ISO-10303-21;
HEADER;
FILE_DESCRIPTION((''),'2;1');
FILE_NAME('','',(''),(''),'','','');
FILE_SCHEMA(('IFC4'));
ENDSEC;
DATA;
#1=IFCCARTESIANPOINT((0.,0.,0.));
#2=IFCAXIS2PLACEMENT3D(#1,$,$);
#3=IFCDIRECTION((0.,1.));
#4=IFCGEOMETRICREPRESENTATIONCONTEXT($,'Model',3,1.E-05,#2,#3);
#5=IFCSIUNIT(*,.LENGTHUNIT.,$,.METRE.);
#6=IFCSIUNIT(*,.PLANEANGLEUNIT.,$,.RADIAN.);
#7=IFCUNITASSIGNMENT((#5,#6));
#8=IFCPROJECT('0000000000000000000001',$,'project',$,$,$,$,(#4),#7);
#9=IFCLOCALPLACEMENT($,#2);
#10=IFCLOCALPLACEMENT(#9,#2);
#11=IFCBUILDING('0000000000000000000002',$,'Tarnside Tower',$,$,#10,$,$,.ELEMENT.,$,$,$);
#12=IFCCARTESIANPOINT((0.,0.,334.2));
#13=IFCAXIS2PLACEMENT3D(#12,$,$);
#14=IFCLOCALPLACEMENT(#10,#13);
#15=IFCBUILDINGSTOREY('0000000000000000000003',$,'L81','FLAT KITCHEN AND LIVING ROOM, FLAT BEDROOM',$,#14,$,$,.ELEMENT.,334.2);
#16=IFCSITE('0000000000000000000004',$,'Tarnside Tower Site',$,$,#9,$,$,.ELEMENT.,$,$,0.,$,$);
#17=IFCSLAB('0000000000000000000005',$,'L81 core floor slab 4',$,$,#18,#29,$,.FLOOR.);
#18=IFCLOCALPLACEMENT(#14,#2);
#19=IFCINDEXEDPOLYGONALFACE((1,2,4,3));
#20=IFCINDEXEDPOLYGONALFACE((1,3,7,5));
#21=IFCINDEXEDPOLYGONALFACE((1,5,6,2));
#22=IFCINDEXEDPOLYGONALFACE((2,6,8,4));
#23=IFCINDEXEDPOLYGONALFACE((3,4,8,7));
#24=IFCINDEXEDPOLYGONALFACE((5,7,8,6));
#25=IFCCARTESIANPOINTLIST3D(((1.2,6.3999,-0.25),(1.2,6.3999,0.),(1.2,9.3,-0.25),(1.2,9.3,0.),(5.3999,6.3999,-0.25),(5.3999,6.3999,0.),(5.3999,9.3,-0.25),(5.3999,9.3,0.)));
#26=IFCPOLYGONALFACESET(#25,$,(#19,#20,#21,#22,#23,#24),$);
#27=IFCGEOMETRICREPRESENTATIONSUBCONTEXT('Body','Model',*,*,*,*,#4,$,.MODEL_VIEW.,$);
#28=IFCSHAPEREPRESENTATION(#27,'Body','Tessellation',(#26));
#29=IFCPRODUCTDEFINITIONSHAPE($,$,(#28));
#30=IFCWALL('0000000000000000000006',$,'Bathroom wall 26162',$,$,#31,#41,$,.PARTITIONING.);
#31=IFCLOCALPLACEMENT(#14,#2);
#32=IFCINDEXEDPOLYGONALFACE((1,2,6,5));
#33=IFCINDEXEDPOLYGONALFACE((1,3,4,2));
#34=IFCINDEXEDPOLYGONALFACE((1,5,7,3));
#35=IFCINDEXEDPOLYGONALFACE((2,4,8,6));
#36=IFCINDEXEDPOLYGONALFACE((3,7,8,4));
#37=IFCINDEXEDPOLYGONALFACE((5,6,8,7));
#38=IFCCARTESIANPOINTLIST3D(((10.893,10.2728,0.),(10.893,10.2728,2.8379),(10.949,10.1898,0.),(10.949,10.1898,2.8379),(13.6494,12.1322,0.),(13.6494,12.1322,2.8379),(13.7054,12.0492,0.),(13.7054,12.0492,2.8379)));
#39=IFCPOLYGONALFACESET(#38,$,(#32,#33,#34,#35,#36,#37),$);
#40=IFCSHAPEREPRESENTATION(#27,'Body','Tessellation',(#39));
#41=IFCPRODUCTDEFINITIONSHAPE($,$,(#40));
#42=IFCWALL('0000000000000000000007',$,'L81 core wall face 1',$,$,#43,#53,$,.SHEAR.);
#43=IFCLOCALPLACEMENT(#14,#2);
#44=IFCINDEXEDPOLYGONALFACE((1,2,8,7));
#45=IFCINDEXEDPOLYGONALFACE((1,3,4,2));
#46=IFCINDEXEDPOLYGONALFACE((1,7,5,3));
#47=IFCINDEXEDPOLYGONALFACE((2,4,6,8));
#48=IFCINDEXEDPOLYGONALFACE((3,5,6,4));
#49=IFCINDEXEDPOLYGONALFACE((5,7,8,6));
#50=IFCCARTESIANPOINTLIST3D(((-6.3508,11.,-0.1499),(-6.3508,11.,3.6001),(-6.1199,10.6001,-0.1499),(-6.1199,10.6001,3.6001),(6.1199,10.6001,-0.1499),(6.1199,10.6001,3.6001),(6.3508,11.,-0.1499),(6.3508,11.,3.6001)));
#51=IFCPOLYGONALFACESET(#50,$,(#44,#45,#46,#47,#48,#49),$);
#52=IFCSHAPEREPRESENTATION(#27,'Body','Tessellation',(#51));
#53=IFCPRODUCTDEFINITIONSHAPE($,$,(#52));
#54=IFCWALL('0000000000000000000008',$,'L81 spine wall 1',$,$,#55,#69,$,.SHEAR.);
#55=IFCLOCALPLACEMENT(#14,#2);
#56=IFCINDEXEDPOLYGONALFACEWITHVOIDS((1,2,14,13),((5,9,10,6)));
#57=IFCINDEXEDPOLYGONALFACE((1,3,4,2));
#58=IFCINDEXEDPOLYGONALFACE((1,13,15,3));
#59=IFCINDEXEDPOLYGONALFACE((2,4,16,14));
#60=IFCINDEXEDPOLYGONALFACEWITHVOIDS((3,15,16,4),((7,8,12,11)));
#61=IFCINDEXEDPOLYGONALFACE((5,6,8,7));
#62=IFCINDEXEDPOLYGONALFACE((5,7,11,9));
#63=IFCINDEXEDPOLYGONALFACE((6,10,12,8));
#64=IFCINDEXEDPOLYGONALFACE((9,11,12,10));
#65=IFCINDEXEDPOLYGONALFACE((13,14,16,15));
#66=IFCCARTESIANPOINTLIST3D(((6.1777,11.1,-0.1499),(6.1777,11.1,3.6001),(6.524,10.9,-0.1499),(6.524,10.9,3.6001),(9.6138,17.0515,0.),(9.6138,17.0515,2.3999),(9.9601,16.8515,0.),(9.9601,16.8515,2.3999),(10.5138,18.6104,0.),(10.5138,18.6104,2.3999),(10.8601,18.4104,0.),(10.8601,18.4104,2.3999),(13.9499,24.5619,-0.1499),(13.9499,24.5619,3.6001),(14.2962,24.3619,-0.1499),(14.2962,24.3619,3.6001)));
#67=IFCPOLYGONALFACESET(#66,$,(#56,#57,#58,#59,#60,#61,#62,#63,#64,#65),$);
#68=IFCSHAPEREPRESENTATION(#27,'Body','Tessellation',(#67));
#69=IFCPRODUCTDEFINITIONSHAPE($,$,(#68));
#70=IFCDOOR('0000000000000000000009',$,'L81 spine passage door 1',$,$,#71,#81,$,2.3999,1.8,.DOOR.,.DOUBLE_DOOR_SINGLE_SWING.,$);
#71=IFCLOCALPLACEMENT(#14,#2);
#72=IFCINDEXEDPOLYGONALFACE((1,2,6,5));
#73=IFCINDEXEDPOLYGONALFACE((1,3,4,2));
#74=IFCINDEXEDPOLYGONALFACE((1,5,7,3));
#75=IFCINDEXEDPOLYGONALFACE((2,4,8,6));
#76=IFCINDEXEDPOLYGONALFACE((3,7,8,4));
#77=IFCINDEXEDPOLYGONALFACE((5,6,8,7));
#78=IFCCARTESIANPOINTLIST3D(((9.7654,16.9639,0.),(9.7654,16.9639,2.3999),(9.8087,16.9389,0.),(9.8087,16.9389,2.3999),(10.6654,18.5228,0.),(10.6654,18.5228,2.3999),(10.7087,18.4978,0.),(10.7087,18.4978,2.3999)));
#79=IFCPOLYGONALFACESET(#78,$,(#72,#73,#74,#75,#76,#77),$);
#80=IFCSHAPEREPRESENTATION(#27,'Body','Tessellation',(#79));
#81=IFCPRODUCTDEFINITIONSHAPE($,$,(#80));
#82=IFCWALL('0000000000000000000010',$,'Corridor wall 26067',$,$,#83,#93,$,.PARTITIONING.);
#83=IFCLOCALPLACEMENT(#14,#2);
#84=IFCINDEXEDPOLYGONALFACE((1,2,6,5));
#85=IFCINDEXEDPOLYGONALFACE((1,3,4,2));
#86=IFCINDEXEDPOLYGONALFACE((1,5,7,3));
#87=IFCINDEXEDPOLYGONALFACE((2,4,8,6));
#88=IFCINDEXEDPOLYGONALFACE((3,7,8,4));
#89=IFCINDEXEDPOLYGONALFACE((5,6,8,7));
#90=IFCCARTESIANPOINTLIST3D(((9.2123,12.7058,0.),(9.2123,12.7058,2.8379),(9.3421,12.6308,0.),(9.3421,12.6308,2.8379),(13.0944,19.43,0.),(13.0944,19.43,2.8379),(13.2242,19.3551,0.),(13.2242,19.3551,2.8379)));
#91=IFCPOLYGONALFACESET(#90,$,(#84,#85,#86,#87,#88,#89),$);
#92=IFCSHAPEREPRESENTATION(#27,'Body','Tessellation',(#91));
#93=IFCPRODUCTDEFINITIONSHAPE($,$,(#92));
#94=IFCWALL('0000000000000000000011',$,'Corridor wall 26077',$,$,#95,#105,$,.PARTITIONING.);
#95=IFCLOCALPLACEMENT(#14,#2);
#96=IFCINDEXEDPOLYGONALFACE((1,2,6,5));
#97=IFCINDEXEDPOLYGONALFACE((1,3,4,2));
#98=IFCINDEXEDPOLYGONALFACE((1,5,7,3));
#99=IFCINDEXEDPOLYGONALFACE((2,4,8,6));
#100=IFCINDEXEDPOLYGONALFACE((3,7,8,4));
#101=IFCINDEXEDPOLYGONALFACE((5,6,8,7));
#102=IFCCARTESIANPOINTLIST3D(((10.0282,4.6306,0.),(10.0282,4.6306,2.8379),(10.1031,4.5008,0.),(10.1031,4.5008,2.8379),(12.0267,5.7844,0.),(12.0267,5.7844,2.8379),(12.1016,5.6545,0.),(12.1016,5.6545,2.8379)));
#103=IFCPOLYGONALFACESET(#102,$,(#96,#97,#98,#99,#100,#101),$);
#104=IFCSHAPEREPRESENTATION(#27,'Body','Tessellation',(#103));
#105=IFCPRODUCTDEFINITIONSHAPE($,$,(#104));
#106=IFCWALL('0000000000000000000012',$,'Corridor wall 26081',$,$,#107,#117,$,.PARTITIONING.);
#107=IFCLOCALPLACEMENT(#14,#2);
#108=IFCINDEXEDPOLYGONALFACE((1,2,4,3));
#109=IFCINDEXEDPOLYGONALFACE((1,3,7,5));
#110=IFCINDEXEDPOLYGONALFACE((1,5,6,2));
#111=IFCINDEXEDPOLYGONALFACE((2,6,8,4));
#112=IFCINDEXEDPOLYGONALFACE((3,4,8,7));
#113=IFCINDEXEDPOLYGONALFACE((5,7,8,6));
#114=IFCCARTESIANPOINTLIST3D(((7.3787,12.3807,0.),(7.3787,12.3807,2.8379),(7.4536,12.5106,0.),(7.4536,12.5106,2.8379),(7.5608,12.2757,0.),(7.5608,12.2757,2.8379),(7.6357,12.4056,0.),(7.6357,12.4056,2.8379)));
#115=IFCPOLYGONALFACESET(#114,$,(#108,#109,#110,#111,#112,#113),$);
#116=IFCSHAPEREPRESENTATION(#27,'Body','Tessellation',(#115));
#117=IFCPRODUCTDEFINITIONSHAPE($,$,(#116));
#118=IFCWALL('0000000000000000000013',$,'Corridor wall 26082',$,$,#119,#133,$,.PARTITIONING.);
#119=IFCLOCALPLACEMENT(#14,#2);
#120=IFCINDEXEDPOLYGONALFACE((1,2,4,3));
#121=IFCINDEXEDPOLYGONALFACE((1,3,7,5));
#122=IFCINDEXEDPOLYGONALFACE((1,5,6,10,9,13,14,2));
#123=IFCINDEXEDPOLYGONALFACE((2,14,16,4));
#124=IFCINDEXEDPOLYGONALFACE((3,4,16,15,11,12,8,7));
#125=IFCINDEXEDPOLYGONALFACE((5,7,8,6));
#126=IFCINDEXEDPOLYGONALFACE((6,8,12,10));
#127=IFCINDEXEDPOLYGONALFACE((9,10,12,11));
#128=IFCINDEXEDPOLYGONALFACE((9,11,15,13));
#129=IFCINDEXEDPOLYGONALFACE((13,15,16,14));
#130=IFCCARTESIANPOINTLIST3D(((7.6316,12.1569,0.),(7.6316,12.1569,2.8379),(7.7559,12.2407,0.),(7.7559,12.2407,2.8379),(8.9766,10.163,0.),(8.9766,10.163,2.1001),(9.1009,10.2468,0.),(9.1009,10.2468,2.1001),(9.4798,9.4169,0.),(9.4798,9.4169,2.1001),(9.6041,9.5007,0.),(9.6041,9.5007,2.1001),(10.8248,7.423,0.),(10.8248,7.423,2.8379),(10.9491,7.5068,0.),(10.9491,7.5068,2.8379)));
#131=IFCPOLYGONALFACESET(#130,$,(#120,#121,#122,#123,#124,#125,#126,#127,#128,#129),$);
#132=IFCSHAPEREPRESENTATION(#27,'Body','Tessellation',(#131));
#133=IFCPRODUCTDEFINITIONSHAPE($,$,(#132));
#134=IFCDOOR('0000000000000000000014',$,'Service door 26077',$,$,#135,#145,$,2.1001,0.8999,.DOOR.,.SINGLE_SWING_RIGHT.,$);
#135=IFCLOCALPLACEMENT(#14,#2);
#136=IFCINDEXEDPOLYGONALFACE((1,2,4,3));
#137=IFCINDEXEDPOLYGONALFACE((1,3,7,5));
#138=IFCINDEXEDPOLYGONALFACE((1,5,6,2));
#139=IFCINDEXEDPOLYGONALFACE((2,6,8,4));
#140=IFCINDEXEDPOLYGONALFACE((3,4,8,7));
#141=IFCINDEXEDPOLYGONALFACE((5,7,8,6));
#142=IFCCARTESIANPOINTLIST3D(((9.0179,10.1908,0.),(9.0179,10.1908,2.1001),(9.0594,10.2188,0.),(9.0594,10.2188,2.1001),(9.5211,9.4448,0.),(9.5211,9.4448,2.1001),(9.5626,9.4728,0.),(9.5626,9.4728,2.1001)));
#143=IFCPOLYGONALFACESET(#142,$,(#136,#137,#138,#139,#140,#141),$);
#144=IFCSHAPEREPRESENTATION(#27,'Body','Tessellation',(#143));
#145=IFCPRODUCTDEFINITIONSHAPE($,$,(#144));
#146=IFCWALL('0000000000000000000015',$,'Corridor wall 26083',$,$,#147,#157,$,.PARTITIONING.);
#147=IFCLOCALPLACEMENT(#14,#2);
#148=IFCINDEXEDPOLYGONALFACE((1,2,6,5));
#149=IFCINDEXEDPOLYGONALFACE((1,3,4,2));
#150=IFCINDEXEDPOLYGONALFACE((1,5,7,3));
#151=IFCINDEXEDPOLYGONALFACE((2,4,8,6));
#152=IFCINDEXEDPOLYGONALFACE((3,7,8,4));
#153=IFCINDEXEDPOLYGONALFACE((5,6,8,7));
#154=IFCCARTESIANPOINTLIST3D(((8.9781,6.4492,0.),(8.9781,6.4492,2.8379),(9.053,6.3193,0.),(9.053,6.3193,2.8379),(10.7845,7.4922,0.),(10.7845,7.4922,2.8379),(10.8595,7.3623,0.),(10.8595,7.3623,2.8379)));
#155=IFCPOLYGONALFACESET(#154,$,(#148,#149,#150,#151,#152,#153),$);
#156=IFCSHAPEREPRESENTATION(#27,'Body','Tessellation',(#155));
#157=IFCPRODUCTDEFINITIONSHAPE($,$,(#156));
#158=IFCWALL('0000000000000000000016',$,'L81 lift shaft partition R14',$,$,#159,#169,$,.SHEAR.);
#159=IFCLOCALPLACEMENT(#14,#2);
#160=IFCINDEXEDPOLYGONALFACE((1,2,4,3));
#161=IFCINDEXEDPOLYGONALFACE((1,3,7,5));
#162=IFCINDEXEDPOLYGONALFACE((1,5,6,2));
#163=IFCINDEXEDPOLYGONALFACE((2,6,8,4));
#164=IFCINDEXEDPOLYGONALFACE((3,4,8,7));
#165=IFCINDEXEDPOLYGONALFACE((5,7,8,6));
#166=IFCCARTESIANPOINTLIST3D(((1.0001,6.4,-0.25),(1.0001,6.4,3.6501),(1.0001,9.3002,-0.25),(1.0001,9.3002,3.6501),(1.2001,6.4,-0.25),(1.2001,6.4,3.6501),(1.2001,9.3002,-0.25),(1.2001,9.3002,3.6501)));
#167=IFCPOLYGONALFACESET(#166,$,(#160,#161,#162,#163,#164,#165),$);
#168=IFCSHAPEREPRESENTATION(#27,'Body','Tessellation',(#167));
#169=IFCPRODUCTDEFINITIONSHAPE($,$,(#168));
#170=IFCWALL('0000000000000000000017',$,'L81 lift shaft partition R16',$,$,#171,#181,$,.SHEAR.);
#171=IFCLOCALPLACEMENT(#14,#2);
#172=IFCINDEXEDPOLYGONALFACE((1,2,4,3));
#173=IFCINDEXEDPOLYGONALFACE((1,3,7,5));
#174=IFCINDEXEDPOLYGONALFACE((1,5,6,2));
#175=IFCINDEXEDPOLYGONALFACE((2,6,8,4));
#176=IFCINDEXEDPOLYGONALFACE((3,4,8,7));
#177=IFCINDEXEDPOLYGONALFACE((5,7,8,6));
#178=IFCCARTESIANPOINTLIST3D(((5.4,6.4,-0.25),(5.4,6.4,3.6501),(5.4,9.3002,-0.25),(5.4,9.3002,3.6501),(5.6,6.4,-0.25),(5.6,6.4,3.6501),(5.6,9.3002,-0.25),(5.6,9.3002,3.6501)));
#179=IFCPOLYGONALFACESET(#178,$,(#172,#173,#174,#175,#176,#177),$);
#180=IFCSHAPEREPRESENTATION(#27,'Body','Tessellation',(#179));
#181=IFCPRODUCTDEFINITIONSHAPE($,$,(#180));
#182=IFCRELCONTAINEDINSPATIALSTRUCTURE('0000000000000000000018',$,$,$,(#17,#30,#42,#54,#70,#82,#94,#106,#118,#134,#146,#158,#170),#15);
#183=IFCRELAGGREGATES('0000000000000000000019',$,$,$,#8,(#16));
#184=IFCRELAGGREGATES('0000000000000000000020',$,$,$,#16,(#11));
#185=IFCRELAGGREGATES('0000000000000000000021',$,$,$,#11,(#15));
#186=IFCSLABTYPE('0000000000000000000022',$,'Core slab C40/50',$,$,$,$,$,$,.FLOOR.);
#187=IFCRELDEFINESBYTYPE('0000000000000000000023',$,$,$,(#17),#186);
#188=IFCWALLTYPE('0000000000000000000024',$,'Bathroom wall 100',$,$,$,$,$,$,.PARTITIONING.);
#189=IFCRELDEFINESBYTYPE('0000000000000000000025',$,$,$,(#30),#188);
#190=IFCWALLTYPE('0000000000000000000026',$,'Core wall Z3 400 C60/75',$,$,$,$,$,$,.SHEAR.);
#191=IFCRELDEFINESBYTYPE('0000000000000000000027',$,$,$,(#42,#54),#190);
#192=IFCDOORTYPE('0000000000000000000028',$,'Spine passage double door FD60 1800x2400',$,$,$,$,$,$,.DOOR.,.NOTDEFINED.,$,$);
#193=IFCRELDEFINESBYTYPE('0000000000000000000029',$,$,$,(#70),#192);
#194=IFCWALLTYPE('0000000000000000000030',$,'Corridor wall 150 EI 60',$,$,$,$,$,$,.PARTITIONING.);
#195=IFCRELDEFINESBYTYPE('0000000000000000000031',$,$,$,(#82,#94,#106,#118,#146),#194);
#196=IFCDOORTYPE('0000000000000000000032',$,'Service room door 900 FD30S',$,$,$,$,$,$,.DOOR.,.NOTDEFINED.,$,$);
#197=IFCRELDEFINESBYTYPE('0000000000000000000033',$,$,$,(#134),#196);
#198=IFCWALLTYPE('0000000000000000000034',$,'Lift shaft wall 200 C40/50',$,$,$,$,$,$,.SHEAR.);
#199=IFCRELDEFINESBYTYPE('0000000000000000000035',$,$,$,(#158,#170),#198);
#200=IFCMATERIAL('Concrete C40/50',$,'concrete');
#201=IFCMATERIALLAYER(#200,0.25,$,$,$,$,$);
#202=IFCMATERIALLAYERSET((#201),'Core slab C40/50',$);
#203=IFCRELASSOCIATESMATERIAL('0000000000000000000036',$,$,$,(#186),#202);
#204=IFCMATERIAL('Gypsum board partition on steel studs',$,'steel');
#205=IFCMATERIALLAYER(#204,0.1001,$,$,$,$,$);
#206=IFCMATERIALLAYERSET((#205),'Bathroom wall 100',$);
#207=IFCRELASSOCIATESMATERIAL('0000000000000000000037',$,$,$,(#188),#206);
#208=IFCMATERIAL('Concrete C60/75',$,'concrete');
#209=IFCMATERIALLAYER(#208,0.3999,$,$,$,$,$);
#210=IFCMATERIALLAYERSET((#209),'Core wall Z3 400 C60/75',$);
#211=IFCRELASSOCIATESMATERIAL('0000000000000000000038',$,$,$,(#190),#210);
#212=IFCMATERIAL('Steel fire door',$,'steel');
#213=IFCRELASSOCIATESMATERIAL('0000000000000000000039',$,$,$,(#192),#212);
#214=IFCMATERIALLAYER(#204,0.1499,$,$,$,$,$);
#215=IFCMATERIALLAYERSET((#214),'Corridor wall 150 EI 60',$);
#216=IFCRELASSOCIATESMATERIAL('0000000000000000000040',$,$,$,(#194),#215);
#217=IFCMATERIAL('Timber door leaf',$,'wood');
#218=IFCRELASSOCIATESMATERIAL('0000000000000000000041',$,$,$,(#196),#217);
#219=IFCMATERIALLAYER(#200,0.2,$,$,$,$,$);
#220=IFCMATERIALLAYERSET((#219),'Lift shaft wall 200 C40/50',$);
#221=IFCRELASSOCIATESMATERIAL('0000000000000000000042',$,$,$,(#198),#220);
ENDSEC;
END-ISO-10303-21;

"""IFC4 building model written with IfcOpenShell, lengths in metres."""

from ifc_helpers import new_model, si_unit, direction, frame, frame_2d, origin, place, context, subcontext, project, spatial, polyline, rectangle, outline, extrude, material, layer, layer_set, type_object, element, fill, save


model = new_model("IFC4")

# Units and contexts
model_context = context("Model", 3, precision=1e-05, world=origin(), true_north=direction((0.0, 1.0)))
body_context = subcontext(model_context, "Body", "Model", "MODEL_VIEW")
ifc_project = project(units=[si_unit("LENGTHUNIT", "METRE"), si_unit("PLANEANGLEUNIT", "RADIAN")], contexts=[model_context])

# Site, building, storey
site_placement = place(None, origin())
site = spatial("IfcSite", under=ifc_project, at=site_placement, Name="Tarnside Tower Site", CompositionType="ELEMENT", RefElevation=0.0)
building_placement = place(site_placement, origin())
building = spatial("IfcBuilding", under=site, at=building_placement, Name="Tarnside Tower", CompositionType="ELEMENT")
storey_placement = place(building_placement, frame((0.0, 0.0, 334.2)))
storey = spatial("IfcBuildingStorey", under=building, at=storey_placement, Name="L81", Description="FLAT KITCHEN AND LIVING ROOM, FLAT BEDROOM", CompositionType="ELEMENT", Elevation=334.2)

# Slab
ifc_material_1 = material(Name="Concrete C40/50", Category="concrete")
ifc_layer_1 = layer(ifc_material_1, 0.25)
ifc_layer_set_1 = layer_set([ifc_layer_1], Name="Core slab C40/50")
slab_type = type_object("IfcSlabType", Name="Core slab C40/50", PredefinedType="FLOOR", material=ifc_layer_set_1)
slab_placement = place(storey_placement, frame((0.0, 0.0, -0.25)))
element("IfcSlab", 1, at=slab_placement, inside=storey, type_object=slab_type, Name="L81 core floor slab 4", PredefinedType="FLOOR", context=body_context, shape_type="SweptSolid", body=[
    extrude(outline(polyline([(5.3999, 6.3999), (1.2, 6.3999), (1.2, 9.3), (5.3999, 9.3), (5.3999, 6.3999)])), origin(), (0.0, 0.0, 1.0), 0.25),
])

# Walls
ifc_material_2 = material(Name="Gypsum board partition on steel studs", Category="steel")
ifc_layer_2 = layer(ifc_material_2, 0.1001)
ifc_layer_set_2 = layer_set([ifc_layer_2], Name="Bathroom wall 100")
wall_type_1 = type_object("IfcWallType", Name="Bathroom wall 100", PredefinedType="PARTITIONING", material=ifc_layer_set_2)
wall_1_placement = place(storey_placement, frame((10.9209, 10.2312, 0.0), z_axis=(0.0, 0.0, 1.0), x_axis=(0.82901, 0.559233, 0.0)))
element("IfcWall", 2, at=wall_1_placement, inside=storey, type_object=wall_type_1, Name="Bathroom wall 26162", PredefinedType="PARTITIONING", context=body_context, shape_type="SweptSolid", body=[
    extrude(rectangle(XDim=3.325, YDim=0.1001, at=frame_2d((1.6626, 0.0))), origin(), (0.0, 0.0, 1.0), 2.8379),
])
ifc_material_3 = material(Name="Concrete C60/75", Category="concrete")
ifc_layer_3 = layer(ifc_material_3, 0.3999)
ifc_layer_set_3 = layer_set([ifc_layer_3], Name="Core wall Z3 400 C60/75")
wall_type_2 = type_object("IfcWallType", Name="Core wall Z3 400 C60/75", PredefinedType="SHEAR", material=ifc_layer_set_3)
wall_2_placement = place(storey_placement, frame((6.2354, 10.8, -0.1499), z_axis=(0.0, 0.0, 1.0), x_axis=(-1.0, 0.0, 0.0)))
element("IfcWall", 3, at=wall_2_placement, inside=storey, type_object=wall_type_2, Name="L81 core wall face 1", PredefinedType="SHEAR", context=body_context, shape_type="SweptSolid", body=[
    extrude(outline(polyline([(-0.1155, -0.2), (12.5862, -0.2), (12.3552, 0.2), (0.1155, 0.2), (-0.1155, -0.2)])), origin(), (0.0, 0.0, 1.0), 3.75),
])

# Wall, opening, door
wall_3_placement = place(storey_placement, frame((6.3508, 11.0, -0.1499), z_axis=(0.0, 0.0, 1.0), x_axis=(0.499999, 0.866026, 0.0)))
wall_3 = element("IfcWall", 4, at=wall_3_placement, inside=storey, type_object=wall_type_2, Name="L81 spine wall 1", PredefinedType="SHEAR", context=body_context, shape_type="SweptSolid", body=[
    extrude(rectangle(XDim=15.5444, YDim=0.3999, at=frame_2d((7.7722, 0.0))), origin(), (0.0, 0.0, 1.0), 3.75),
])
opening_1_placement = place(wall_3_placement, frame((6.8723, 0.0, 0.1499)))
opening_1 = element("IfcOpeningElement", 5, at=opening_1_placement, cuts=wall_3, PredefinedType="OPENING", context=body_context, shape_type="SweptSolid", body=[
    extrude(rectangle(XDim=1.8, YDim=2.3999, at=frame_2d((0.8999, 1.2))), frame((0.0, 0.21, 0.0), z_axis=(0.0, -1.0, 0.0), x_axis=(1.0, 0.0, 0.0)), (0.0, 0.0, 1.0), 0.4199),
])
ifc_material_4 = material(Name="Steel fire door", Category="steel")
door_type_1 = type_object("IfcDoorType", Name="Spine passage double door FD60 1800x2400", OperationType="NOTDEFINED", PredefinedType="DOOR", material=ifc_material_4)
door_1_placement = place(opening_1_placement, origin())
door_1 = element("IfcDoor", 6, at=door_1_placement, inside=storey, type_object=door_type_1, Name="L81 spine passage door 1", OperationType="DOUBLE_DOOR_SINGLE_SWING", OverallHeight=2.3999, OverallWidth=1.8, PredefinedType="DOOR", context=body_context, shape_type="SweptSolid", body=[
    extrude(rectangle(XDim=1.8, YDim=2.3999, at=frame_2d((0.8999, 1.2))), frame((0.0, 0.0249, 0.0), z_axis=(0.0, -1.0, 0.0), x_axis=(1.0, 0.0, 0.0)), (0.0, 0.0, 1.0), 0.05),
])
fill(opening_1, door_1)

# Walls
ifc_layer_4 = layer(ifc_material_2, 0.1499)
ifc_layer_set_4 = layer_set([ifc_layer_4], Name="Corridor wall 150 EI 60")
wall_type_3 = type_object("IfcWallType", Name="Corridor wall 150 EI 60", PredefinedType="PARTITIONING", material=ifc_layer_set_4)
wall_4_placement = place(storey_placement, frame((9.2771, 12.6682, 0.0), z_axis=(0.0, 0.0, 1.0), x_axis=(0.499991, 0.866031, 0.0)))
element("IfcWall", 7, at=wall_4_placement, inside=storey, type_object=wall_type_3, Name="Corridor wall 26067", PredefinedType="PARTITIONING", context=body_context, shape_type="SweptSolid", body=[
    extrude(rectangle(XDim=7.7644, YDim=0.1499, at=frame_2d((3.8823, 0.0))), origin(), (0.0, 0.0, 1.0), 2.8379),
])
wall_5_placement = place(storey_placement, frame((10.0657, 4.5657, 0.0), z_axis=(0.0, 0.0, 1.0), x_axis=(0.866034, 0.499985, 0.0)))
element("IfcWall", 8, at=wall_5_placement, inside=storey, type_object=wall_type_3, Name="Corridor wall 26077", PredefinedType="PARTITIONING", context=body_context, shape_type="SweptSolid", body=[
    extrude(rectangle(XDim=2.3076, YDim=0.1499, at=frame_2d((1.1538, 0.0))), origin(), (0.0, 0.0, 1.0), 2.8379),
])
wall_6_placement = place(storey_placement, frame((7.4163, 12.4456, 0.0), z_axis=(0.0, 0.0, 1.0), x_axis=(0.866379, -0.499387, 0.0)))
element("IfcWall", 9, at=wall_6_placement, inside=storey, type_object=wall_type_3, Name="Corridor wall 26081", PredefinedType="PARTITIONING", context=body_context, shape_type="SweptSolid", body=[
    extrude(rectangle(XDim=0.2102, YDim=0.1499, at=frame_2d((0.105, 0.0))), origin(), (0.0, 0.0, 1.0), 2.8379),
])

# Wall, opening, door
wall_7_placement = place(storey_placement, frame((7.6938, 12.1987, 0.0), z_axis=(0.0, 0.0, 1.0), x_axis=(0.559201, -0.829032, 0.0)))
wall_7 = element("IfcWall", 10, at=wall_7_placement, inside=storey, type_object=wall_type_3, Name="Corridor wall 26082", PredefinedType="PARTITIONING", context=body_context, shape_type="SweptSolid", body=[
    extrude(rectangle(XDim=5.7102, YDim=0.1499, at=frame_2d((2.855, 0.0))), origin(), (0.0, 0.0, 1.0), 2.8379),
])
opening_2_placement = place(wall_7_placement, frame((2.405, 0.0, 0.0)))
opening_2 = element("IfcOpeningElement", 11, at=opening_2_placement, cuts=wall_7, PredefinedType="OPENING", context=body_context, shape_type="SweptSolid", body=[
    extrude(rectangle(XDim=0.8999, YDim=2.1001, at=frame_2d((0.45, 1.05))), frame((0.0, 0.085, 0.0), z_axis=(0.0, -1.0, 0.0), x_axis=(1.0, 0.0, 0.0)), (0.0, 0.0, 1.0), 0.1699),
])
ifc_material_5 = material(Name="Timber door leaf", Category="wood")
door_type_2 = type_object("IfcDoorType", Name="Service room door 900 FD30S", OperationType="NOTDEFINED", PredefinedType="DOOR", material=ifc_material_5)
door_2_placement = place(opening_2_placement, origin())
door_2 = element("IfcDoor", 12, at=door_2_placement, inside=storey, type_object=door_type_2, Name="Service door 26077", OperationType="SINGLE_SWING_RIGHT", OverallHeight=2.1001, OverallWidth=0.8999, PredefinedType="DOOR", context=body_context, shape_type="SweptSolid", body=[
    extrude(rectangle(XDim=0.8999, YDim=2.1001, at=frame_2d((0.45, 1.05))), frame((0.0, 0.0249, 0.0), z_axis=(0.0, -1.0, 0.0), x_axis=(1.0, 0.0, 0.0)), (0.0, 0.0, 1.0), 0.05),
])
fill(opening_2, door_2)

# Walls
wall_8_placement = place(storey_placement, frame((10.822, 7.4272, 0.0), z_axis=(0.0, 0.0, 1.0), x_axis=(-0.866016, -0.500016, 0.0)))
element("IfcWall", 13, at=wall_8_placement, inside=storey, type_object=wall_type_3, Name="Corridor wall 26083", PredefinedType="PARTITIONING", context=body_context, shape_type="SweptSolid", body=[
    extrude(rectangle(XDim=2.0859, YDim=0.1499, at=frame_2d((1.043, 0.0))), origin(), (0.0, 0.0, 1.0), 2.8379),
])
ifc_layer_5 = layer(ifc_material_1, 0.2)
ifc_layer_set_5 = layer_set([ifc_layer_5], Name="Lift shaft wall 200 C40/50")
wall_type_4 = type_object("IfcWallType", Name="Lift shaft wall 200 C40/50", PredefinedType="SHEAR", material=ifc_layer_set_5)
for number, where, z_axis, x_axis, name in (
    (14, (1.1001, 6.3999, -0.25), (0.0, 0.0, 1.0), (0.0, 1.0, 0.0), "L81 lift shaft partition R14"),
    (15, (5.5, 6.3999, -0.25), (0.0, 0.0, 1.0), (0.0, 1.0, 0.0), "L81 lift shaft partition R16"),
):
    element("IfcWall", number, at=place(storey_placement, frame(where, z_axis=z_axis, x_axis=x_axis)), inside=storey, type_object=wall_type_4, Name=name, PredefinedType="SHEAR", context=body_context, shape_type="SweptSolid", body=[
        extrude(rectangle(XDim=2.9001, YDim=0.2, at=frame_2d((1.4502, 0.0))), origin(), (0.0, 0.0, 1.0), 3.9001),
    ])

save(model, "model.ifc")
